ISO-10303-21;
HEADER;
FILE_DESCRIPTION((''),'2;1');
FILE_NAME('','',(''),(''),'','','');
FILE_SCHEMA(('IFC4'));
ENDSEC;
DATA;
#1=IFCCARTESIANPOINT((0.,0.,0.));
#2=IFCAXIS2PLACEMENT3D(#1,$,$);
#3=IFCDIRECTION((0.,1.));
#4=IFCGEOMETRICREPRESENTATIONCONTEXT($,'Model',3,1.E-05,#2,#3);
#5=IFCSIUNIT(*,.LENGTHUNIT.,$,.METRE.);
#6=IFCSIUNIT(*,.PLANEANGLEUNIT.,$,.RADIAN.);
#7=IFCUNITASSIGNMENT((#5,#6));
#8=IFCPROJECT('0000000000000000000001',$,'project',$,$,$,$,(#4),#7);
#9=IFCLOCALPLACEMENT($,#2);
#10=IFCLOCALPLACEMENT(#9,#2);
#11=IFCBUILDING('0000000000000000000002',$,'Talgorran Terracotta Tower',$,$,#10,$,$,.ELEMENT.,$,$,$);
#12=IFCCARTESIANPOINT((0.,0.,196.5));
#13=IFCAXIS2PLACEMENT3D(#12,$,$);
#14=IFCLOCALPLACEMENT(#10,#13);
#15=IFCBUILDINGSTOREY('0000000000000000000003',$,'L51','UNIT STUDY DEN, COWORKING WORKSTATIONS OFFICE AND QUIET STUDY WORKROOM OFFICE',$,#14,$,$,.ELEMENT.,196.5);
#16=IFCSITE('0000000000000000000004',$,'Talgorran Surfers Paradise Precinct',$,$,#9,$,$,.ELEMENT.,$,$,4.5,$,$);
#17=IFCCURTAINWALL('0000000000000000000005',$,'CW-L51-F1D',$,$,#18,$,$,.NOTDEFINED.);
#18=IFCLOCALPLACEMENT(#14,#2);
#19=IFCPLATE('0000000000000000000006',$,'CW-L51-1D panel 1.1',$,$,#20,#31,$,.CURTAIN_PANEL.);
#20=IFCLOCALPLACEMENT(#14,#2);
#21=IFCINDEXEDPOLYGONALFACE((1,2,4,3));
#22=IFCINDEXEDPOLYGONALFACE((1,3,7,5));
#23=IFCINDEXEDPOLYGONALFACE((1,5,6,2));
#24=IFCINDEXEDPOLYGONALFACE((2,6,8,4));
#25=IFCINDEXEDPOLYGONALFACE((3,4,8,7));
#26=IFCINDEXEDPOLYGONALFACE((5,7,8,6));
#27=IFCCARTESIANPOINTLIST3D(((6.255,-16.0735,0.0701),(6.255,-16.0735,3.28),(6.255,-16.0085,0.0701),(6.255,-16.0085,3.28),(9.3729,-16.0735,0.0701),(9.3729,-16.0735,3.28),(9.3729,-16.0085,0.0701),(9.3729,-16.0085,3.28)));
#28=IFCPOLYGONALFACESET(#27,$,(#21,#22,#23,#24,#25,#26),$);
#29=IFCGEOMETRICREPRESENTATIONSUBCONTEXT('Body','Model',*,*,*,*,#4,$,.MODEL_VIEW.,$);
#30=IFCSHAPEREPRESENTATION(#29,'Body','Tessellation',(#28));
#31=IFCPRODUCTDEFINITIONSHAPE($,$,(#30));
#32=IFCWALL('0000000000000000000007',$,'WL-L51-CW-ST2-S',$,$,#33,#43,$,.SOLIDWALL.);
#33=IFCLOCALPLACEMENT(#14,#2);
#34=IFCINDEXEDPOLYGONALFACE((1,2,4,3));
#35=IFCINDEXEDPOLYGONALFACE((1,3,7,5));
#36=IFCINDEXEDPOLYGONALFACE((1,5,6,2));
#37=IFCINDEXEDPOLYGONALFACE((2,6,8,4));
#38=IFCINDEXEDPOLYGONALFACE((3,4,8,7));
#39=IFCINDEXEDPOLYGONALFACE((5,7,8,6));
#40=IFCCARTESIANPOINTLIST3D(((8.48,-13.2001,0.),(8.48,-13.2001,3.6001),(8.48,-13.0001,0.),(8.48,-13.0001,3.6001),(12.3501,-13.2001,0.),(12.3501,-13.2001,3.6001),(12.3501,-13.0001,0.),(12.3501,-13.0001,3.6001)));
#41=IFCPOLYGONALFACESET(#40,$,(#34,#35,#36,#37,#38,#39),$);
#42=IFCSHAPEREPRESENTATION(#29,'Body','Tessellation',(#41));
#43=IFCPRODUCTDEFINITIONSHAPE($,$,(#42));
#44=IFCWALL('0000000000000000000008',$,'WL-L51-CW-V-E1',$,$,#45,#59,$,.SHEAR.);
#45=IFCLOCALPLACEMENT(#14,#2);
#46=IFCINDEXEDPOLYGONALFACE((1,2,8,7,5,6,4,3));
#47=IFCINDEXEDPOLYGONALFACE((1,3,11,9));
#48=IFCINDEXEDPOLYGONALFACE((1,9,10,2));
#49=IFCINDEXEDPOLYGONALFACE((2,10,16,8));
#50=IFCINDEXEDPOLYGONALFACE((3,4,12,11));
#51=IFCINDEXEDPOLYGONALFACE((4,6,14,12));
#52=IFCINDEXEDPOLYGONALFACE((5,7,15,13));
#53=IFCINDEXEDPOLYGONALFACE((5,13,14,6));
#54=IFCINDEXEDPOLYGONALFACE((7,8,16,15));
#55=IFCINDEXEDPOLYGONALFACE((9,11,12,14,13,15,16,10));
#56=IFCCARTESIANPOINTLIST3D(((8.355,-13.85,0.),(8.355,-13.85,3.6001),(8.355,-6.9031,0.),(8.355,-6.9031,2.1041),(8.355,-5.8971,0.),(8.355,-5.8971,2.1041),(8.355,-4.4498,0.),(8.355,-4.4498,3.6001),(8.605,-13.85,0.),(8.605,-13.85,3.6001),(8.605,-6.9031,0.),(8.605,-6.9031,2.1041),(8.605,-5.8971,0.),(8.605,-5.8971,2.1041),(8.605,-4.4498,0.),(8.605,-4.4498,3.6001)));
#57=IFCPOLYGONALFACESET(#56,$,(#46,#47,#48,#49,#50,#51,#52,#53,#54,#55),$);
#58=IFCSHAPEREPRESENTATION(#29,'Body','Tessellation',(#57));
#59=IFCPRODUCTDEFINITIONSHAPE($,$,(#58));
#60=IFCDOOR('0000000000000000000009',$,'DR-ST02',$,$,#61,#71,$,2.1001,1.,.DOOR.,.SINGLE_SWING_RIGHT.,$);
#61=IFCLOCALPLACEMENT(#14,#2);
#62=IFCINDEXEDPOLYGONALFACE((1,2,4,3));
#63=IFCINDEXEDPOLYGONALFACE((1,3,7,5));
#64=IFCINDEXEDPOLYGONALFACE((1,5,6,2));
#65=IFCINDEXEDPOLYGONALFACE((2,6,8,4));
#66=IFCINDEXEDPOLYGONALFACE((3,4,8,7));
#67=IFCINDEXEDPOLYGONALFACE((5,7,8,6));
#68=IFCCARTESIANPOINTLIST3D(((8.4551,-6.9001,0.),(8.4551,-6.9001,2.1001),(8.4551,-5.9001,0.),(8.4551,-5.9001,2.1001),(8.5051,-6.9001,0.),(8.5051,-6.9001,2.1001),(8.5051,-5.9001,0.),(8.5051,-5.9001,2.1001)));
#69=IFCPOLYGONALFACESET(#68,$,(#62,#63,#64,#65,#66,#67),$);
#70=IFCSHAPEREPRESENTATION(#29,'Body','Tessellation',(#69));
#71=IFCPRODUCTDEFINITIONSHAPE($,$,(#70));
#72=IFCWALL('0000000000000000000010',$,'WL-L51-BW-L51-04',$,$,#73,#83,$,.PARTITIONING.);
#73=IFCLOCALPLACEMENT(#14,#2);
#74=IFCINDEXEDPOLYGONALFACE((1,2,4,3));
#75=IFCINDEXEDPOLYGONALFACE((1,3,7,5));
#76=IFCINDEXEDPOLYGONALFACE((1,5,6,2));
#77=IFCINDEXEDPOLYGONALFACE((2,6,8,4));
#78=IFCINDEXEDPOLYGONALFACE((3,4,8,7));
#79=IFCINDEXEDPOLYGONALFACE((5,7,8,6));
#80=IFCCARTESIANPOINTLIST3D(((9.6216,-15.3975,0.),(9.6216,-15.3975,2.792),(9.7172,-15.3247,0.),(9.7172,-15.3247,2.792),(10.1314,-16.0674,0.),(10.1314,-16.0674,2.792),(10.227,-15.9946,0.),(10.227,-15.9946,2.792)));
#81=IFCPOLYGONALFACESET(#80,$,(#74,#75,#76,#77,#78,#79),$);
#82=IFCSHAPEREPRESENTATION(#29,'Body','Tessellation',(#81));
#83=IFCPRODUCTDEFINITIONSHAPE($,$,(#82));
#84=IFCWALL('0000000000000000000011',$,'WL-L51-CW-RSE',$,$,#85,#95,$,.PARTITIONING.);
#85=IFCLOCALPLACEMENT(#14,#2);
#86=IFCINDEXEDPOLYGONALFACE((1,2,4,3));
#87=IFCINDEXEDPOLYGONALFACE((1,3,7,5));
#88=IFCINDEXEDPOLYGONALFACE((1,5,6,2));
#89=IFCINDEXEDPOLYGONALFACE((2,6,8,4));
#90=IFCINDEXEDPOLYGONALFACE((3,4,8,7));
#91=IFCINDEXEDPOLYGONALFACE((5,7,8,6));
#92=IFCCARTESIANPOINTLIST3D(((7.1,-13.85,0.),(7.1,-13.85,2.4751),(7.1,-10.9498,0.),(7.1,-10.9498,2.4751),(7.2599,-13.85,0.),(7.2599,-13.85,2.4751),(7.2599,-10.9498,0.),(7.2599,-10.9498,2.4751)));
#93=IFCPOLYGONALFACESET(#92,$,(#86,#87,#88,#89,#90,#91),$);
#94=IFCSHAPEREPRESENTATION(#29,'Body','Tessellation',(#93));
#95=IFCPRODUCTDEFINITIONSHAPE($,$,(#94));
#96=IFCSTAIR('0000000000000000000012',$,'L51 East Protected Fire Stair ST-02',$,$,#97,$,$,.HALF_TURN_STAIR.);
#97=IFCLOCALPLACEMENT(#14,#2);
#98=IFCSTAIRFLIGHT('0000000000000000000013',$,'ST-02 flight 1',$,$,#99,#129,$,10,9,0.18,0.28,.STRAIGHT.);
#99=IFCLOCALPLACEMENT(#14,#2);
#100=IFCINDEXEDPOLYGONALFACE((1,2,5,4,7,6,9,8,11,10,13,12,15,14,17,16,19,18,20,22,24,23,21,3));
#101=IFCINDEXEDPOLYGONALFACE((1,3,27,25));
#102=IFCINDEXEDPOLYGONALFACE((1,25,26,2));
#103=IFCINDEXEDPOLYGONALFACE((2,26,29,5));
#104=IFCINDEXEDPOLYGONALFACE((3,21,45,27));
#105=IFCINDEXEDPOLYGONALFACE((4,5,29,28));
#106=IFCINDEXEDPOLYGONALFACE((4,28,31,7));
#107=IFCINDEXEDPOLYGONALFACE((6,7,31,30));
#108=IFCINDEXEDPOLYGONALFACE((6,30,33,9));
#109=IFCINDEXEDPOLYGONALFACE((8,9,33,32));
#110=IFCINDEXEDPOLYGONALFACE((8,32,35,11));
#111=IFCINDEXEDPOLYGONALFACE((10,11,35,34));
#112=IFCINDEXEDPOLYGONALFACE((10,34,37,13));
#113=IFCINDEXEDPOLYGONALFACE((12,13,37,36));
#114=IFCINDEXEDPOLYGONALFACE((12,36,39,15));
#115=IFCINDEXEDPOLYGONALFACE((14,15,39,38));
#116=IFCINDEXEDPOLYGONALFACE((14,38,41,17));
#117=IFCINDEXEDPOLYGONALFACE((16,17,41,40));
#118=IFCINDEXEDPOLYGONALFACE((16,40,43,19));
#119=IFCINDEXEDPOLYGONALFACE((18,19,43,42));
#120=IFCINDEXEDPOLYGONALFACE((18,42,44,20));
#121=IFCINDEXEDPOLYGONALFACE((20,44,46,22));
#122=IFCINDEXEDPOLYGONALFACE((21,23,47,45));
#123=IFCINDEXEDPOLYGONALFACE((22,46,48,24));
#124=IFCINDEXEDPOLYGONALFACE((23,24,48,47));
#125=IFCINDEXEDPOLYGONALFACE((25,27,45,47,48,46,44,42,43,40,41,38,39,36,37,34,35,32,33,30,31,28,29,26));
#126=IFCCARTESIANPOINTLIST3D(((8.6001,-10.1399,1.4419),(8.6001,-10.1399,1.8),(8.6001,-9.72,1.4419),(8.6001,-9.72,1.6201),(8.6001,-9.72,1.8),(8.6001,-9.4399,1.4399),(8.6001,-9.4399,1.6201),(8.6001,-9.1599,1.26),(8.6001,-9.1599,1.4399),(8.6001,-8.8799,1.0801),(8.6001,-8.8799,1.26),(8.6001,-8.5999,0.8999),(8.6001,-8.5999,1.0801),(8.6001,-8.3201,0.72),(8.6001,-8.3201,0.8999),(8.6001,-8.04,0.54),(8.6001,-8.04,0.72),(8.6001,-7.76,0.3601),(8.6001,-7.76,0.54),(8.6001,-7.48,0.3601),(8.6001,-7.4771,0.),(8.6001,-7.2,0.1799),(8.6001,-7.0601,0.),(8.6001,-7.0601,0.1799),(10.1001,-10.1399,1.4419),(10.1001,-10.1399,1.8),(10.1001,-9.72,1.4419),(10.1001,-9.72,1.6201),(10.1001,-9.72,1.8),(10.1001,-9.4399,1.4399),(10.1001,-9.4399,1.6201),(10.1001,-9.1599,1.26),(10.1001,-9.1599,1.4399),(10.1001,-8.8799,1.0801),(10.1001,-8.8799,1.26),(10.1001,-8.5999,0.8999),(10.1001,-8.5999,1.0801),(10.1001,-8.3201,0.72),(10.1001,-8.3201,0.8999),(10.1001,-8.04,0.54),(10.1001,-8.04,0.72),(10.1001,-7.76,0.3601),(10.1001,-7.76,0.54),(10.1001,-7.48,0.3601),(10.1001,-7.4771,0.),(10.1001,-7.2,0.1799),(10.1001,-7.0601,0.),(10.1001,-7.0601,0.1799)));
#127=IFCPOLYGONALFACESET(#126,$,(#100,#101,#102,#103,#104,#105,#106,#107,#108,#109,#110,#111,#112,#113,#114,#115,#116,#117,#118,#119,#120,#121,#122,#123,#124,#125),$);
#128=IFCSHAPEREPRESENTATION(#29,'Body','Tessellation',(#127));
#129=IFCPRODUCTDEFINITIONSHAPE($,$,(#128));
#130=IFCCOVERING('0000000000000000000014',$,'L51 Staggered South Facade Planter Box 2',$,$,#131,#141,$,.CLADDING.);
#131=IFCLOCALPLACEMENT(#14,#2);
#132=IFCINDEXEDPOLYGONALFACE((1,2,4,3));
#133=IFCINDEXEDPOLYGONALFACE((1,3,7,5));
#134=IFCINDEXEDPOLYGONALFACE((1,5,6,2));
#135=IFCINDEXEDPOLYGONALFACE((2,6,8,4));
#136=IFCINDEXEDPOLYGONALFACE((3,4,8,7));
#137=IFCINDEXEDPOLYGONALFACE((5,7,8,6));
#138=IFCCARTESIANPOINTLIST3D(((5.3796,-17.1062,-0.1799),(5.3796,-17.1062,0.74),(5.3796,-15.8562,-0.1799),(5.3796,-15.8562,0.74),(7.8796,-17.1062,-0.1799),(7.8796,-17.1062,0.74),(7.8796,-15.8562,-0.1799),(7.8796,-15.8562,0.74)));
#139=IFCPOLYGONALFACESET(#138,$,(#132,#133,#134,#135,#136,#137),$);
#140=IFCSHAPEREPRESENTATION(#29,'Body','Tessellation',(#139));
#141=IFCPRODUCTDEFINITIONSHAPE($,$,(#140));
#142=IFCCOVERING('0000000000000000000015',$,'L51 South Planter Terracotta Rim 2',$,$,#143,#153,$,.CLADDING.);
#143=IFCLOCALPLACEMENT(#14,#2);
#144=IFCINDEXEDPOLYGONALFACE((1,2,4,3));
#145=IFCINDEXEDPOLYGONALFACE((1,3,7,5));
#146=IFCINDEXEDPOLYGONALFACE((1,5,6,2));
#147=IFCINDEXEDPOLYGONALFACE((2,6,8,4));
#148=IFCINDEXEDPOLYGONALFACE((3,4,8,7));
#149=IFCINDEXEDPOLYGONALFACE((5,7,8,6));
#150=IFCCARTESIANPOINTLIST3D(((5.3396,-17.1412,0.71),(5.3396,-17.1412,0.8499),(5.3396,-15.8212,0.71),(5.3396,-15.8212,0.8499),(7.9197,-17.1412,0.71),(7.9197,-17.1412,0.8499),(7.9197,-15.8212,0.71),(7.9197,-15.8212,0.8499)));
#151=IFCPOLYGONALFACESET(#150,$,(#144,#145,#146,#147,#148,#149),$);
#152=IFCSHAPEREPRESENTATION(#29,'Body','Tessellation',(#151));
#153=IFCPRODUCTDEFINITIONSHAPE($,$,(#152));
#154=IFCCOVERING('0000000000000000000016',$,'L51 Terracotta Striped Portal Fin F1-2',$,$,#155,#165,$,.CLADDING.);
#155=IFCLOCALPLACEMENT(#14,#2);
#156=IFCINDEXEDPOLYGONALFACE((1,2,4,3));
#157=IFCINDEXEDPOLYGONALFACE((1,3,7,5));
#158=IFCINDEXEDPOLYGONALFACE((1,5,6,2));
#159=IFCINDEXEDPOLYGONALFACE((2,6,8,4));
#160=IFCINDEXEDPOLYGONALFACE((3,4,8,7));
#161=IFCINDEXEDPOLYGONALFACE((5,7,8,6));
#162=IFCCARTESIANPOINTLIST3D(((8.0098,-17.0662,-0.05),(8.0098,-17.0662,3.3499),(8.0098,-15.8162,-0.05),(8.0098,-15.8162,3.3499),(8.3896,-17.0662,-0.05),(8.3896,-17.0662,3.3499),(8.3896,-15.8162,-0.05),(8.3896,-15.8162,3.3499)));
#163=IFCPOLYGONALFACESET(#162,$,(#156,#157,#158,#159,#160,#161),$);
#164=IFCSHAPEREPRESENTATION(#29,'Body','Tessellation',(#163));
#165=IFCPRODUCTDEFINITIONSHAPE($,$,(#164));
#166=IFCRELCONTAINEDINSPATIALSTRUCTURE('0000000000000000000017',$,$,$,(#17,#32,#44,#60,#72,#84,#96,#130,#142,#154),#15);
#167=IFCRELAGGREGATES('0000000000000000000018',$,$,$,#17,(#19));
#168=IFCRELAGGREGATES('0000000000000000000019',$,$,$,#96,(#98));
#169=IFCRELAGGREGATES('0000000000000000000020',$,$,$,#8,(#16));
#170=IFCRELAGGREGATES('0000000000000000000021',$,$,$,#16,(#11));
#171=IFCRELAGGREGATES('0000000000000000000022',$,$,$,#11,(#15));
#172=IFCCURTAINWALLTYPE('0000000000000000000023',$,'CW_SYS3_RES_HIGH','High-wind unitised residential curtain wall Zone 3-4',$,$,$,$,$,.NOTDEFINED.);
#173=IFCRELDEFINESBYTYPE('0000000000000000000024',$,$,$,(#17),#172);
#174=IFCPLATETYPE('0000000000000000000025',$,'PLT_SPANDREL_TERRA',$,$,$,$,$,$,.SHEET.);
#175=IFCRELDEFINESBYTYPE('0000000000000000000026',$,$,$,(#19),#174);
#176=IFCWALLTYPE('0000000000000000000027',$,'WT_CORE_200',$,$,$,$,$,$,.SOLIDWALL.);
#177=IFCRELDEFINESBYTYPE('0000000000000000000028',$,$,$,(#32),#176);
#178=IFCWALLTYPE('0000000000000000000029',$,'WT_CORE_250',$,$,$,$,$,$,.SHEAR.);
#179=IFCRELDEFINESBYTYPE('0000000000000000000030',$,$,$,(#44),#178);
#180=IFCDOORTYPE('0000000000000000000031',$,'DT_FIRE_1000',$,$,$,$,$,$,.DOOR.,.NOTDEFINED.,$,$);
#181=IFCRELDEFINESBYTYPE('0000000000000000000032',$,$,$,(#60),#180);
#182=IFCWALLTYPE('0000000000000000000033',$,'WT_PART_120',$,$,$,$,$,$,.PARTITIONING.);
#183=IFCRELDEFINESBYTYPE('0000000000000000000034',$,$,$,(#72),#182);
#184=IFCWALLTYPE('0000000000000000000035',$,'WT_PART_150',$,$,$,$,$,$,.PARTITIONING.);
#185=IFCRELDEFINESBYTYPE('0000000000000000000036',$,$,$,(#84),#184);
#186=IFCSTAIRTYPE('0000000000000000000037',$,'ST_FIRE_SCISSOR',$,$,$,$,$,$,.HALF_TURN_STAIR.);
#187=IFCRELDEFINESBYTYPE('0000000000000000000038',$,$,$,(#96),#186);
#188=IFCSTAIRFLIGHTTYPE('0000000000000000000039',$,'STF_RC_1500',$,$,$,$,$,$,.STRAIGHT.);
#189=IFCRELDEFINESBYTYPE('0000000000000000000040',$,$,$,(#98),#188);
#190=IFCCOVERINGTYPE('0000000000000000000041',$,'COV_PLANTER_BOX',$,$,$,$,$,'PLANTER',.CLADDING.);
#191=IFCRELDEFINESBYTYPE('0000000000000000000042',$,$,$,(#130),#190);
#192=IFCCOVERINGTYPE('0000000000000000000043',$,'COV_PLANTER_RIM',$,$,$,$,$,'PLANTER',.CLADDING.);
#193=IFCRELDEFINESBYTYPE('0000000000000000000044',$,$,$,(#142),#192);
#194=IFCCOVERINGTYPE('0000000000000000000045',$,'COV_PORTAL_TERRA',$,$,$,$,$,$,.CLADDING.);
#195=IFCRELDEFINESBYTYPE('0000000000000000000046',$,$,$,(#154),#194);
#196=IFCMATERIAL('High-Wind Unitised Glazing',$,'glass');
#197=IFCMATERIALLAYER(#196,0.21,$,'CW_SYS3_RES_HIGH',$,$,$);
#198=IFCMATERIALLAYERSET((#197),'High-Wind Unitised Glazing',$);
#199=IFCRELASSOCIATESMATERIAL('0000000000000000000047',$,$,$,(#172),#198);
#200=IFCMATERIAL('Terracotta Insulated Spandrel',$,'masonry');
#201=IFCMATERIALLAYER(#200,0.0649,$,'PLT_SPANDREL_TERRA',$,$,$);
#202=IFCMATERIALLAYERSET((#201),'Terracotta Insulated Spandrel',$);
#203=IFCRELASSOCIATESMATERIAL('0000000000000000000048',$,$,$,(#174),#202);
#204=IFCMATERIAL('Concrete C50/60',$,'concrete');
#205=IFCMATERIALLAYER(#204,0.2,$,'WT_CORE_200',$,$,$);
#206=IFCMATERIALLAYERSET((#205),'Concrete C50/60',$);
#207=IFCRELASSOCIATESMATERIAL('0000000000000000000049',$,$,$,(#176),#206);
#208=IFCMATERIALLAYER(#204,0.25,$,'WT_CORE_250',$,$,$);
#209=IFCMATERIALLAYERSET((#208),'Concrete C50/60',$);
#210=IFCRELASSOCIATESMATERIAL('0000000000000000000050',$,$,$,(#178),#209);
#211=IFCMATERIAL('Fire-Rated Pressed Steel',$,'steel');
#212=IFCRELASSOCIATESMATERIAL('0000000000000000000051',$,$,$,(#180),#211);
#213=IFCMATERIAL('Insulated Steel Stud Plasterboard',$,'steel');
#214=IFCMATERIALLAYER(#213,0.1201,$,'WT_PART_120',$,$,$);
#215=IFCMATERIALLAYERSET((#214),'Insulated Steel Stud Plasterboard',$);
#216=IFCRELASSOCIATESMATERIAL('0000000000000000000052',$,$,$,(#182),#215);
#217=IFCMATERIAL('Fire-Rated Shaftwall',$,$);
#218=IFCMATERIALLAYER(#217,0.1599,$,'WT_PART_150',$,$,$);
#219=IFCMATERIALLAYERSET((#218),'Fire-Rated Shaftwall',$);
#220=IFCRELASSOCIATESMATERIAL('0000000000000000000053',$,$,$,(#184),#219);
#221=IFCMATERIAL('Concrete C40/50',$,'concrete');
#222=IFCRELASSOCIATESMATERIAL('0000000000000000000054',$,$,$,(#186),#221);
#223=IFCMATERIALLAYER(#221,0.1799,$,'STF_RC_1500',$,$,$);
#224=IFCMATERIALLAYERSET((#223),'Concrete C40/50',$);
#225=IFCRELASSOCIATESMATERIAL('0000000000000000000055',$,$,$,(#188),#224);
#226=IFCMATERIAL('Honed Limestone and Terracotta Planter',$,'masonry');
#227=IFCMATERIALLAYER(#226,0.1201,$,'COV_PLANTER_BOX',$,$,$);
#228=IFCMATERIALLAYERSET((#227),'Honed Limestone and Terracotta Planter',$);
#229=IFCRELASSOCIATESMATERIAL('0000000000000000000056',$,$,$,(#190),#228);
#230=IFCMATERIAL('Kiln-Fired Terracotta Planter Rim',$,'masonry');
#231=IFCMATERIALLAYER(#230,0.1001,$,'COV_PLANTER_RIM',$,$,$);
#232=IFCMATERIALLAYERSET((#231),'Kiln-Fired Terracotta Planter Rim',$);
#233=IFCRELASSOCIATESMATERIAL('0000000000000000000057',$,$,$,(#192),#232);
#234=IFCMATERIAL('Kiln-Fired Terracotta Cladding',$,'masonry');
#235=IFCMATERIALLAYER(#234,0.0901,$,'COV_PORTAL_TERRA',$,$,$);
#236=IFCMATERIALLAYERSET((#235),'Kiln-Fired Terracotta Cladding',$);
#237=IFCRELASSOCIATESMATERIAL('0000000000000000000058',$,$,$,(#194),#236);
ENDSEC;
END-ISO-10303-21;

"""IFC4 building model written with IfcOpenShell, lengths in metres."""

from ifc_helpers import new_model, si_unit, direction, frame, frame_2d, origin, origin_2d, place, context, subcontext, project, spatial, polyline, rectangle, outline, extrude, source, transform, mapped, material, layer, layer_set, type_object, type_shapes, element, fill, aggregate, save


model = new_model("IFC4")

# Units and contexts
model_context = context("Model", 3, precision=1e-05, world=origin(), true_north=direction((0.0, 1.0)))
body_context = subcontext(model_context, "Body", "Model", "MODEL_VIEW")
ifc_project = project(units=[si_unit("LENGTHUNIT", "METRE"), si_unit("PLANEANGLEUNIT", "RADIAN")], contexts=[model_context])

# Site, building, storey
site_placement = place(None, origin())
site = spatial("IfcSite", under=ifc_project, at=site_placement, Name="Talgorran Surfers Paradise Precinct", CompositionType="ELEMENT", RefElevation=4.5)
building_placement = place(site_placement, origin())
building = spatial("IfcBuilding", under=site, at=building_placement, Name="Talgorran Terracotta Tower", CompositionType="ELEMENT")
storey_placement = place(building_placement, frame((0.0, 0.0, 196.5)))
storey = spatial("IfcBuildingStorey", under=building, at=storey_placement, Name="L51", Description="UNIT STUDY DEN, COWORKING WORKSTATIONS OFFICE AND QUIET STUDY WORKROOM OFFICE", CompositionType="ELEMENT", Elevation=196.5)

# Curtain wall
ifc_material_1 = material(Name="High-Wind Unitised Glazing", Category="glass")
ifc_layer_1 = layer(ifc_material_1, 0.21, Name="CW_SYS3_RES_HIGH")
ifc_layer_set_1 = layer_set([ifc_layer_1], Name="High-Wind Unitised Glazing")
curtain_wall_type = type_object("IfcCurtainWallType", Name="CW_SYS3_RES_HIGH", Description="High-wind unitised residential curtain wall Zone 3-4", PredefinedType="NOTDEFINED", material=ifc_layer_set_1)
curtain_wall_1_placement = place(storey_placement, origin())
curtain_wall_1 = element("IfcCurtainWall", 1, at=curtain_wall_1_placement, inside=storey, type_object=curtain_wall_type, Name="CW-L51-F1D", PredefinedType="NOTDEFINED")

# Plate
ifc_material_2 = material(Name="Terracotta Insulated Spandrel", Category="masonry")
ifc_layer_2 = layer(ifc_material_2, 0.0649, Name="PLT_SPANDREL_TERRA")
ifc_layer_set_2 = layer_set([ifc_layer_2], Name="Terracotta Insulated Spandrel")
plate_type_1 = type_object("IfcPlateType", Name="PLT_SPANDREL_TERRA", PredefinedType="SHEET", material=ifc_layer_set_2)
shared_shape = source(origin(), body_context, "Body", "SweptSolid", [
    extrude(rectangle(XDim=3.1179, YDim=0.0649, at=origin_2d()), origin(), (0.0, 0.0, 1.0), 3.21),
])
type_shapes(plate_type_1, [shared_shape])
plate_placement = place(storey_placement, frame((7.814, -16.041, 0.0701), z_axis=(0.0, 0.0, 1.0), x_axis=(1.0, 0.0, 0.0)))
plate = element("IfcPlate", 2, at=plate_placement, type_object=plate_type_1, Name="CW-L51-1D panel 1.1", PredefinedType="CURTAIN_PANEL", context=body_context, shape_type="MappedRepresentation", body=[
    mapped(shared_shape, transform((0.0, 0.0, 0.0), scale=1.0)),
])
aggregate(curtain_wall_1, [plate])

# Wall
ifc_material_3 = material(Name="Concrete C50/60", Category="concrete")
ifc_layer_3 = layer(ifc_material_3, 0.2, Name="WT_CORE_200")
ifc_layer_set_3 = layer_set([ifc_layer_3], Name="Concrete C50/60")
wall_type_1 = type_object("IfcWallType", Name="WT_CORE_200", PredefinedType="SOLIDWALL", material=ifc_layer_set_3)
wall_1_placement = place(storey_placement, frame((8.48, -13.1001, 0.0), z_axis=(0.0, 0.0, 1.0), x_axis=(1.0, 0.0, 0.0)))
element("IfcWall", 3, at=wall_1_placement, inside=storey, type_object=wall_type_1, Name="WL-L51-CW-ST2-S", PredefinedType="SOLIDWALL", context=body_context, shape_type="SweptSolid", body=[
    extrude(rectangle(XDim=3.8701, YDim=0.2, at=frame_2d((1.9351, 0.0))), origin(), (0.0, 0.0, 1.0), 3.6001),
])

# Wall, opening, door
ifc_layer_4 = layer(ifc_material_3, 0.25, Name="WT_CORE_250")
ifc_layer_set_4 = layer_set([ifc_layer_4], Name="Concrete C50/60")
wall_type_2 = type_object("IfcWallType", Name="WT_CORE_250", PredefinedType="SHEAR", material=ifc_layer_set_4)
wall_2_placement = place(storey_placement, frame((8.48, -13.8501, 0.0), z_axis=(0.0, 0.0, 1.0), x_axis=(0.0, 1.0, 0.0)))
wall_2 = element("IfcWall", 4, at=wall_2_placement, inside=storey, type_object=wall_type_2, Name="WL-L51-CW-V-E1", PredefinedType="SHEAR", context=body_context, shape_type="SweptSolid", body=[
    extrude(rectangle(XDim=9.4001, YDim=0.25, at=frame_2d((4.7002, 0.0))), origin(), (0.0, 0.0, 1.0), 3.6001),
])
opening_placement = place(wall_2_placement, frame((6.95, 0.0, 0.0)))
opening = element("IfcOpeningElement", 5, at=opening_placement, cuts=wall_2, PredefinedType="OPENING", context=body_context, shape_type="SweptSolid", body=[
    extrude(rectangle(XDim=1.006, YDim=2.1041, at=frame_2d((0.5, 1.052))), frame((0.0, 0.135, 0.0), z_axis=(0.0, -1.0, 0.0), x_axis=(1.0, 0.0, 0.0)), (0.0, 0.0, 1.0), 0.27),
])
ifc_material_4 = material(Name="Fire-Rated Pressed Steel", Category="steel")
door_type = type_object("IfcDoorType", Name="DT_FIRE_1000", OperationType="NOTDEFINED", PredefinedType="DOOR", material=ifc_material_4)
door_placement = place(opening_placement, origin())
door = element("IfcDoor", 6, at=door_placement, inside=storey, type_object=door_type, Name="DR-ST02", OperationType="SINGLE_SWING_RIGHT", OverallHeight=2.1001, OverallWidth=1.0, PredefinedType="DOOR", context=body_context, shape_type="SweptSolid", body=[
    extrude(rectangle(XDim=1.0, YDim=2.1001, at=frame_2d((0.5, 1.05))), frame((0.0, 0.0249, 0.0), z_axis=(0.0, -1.0, 0.0), x_axis=(1.0, 0.0, 0.0)), (0.0, 0.0, 1.0), 0.05),
])
fill(opening, door)

# Walls
ifc_material_5 = material(Name="Insulated Steel Stud Plasterboard", Category="steel")
ifc_layer_5 = layer(ifc_material_5, 0.1201, Name="WT_PART_120")
ifc_layer_set_5 = layer_set([ifc_layer_5], Name="Insulated Steel Stud Plasterboard")
wall_type_3 = type_object("IfcWallType", Name="WT_PART_120", PredefinedType="PARTITIONING", material=ifc_layer_set_5)
wall_3_placement = place(storey_placement, frame((9.6694, -15.3611, 0.0), z_axis=(0.0, 0.0, 1.0), x_axis=(0.605554, -0.795804, 0.0)))
element("IfcWall", 7, at=wall_3_placement, inside=storey, type_object=wall_type_3, Name="WL-L51-BW-L51-04", PredefinedType="PARTITIONING", context=body_context, shape_type="SweptSolid", body=[
    extrude(rectangle(XDim=0.8418, YDim=0.1201, at=frame_2d((0.4209, 0.0))), origin(), (0.0, 0.0, 1.0), 2.792),
])
ifc_material_6 = material(Name="Fire-Rated Shaftwall")
ifc_layer_6 = layer(ifc_material_6, 0.1599, Name="WT_PART_150")
ifc_layer_set_6 = layer_set([ifc_layer_6], Name="Fire-Rated Shaftwall")
wall_type_4 = type_object("IfcWallType", Name="WT_PART_150", PredefinedType="PARTITIONING", material=ifc_layer_set_6)
wall_4_placement = place(storey_placement, frame((7.1799, -13.8501, 0.0), z_axis=(0.0, 0.0, 1.0), x_axis=(0.0, 1.0, 0.0)))
element("IfcWall", 8, at=wall_4_placement, inside=storey, type_object=wall_type_4, Name="WL-L51-CW-RSE", PredefinedType="PARTITIONING", context=body_context, shape_type="SweptSolid", body=[
    extrude(rectangle(XDim=2.9001, YDim=0.1599, at=frame_2d((1.4502, 0.0))), origin(), (0.0, 0.0, 1.0), 2.4751),
])

# Stair, stair flight
ifc_material_7 = material(Name="Concrete C40/50", Category="concrete")
stair_type = type_object("IfcStairType", Name="ST_FIRE_SCISSOR", PredefinedType="HALF_TURN_STAIR", material=ifc_material_7)
stair_placement = place(storey_placement, origin())
stair = element("IfcStair", 9, at=stair_placement, inside=storey, type_object=stair_type, Name="L51 East Protected Fire Stair ST-02", PredefinedType="HALF_TURN_STAIR")
ifc_layer_7 = layer(ifc_material_7, 0.1799, Name="STF_RC_1500")
ifc_layer_set_7 = layer_set([ifc_layer_7], Name="Concrete C40/50")
stair_flight_type = type_object("IfcStairFlightType", Name="STF_RC_1500", PredefinedType="STRAIGHT", material=ifc_layer_set_7)
stair_flight_placement = place(storey_placement, frame((9.3501, -7.2, 0.0), z_axis=(0.0, 0.0, 1.0), x_axis=(0.0, -1.0, 0.0)))
stair_flight = element("IfcStairFlight", 10, at=stair_flight_placement, type_object=stair_flight_type, Name="ST-02 flight 1", NumberOfRisers=10, NumberOfTreads=9, PredefinedType="STRAIGHT", RiserHeight=0.18, TreadLength=0.28, context=body_context, shape_type="SweptSolid", body=[
    extrude(outline(polyline([(-0.1399, 0.0), (-0.1399, 0.1799), (0.0, 0.1799), (0.28, 0.3601), (0.5601, 0.3601), (0.5601, 0.54), (0.8401, 0.54), (0.8401, 0.72), (1.1201, 0.72), (1.1201, 0.8999), (1.3999, 0.8999), (1.3999, 1.0801), (1.6799, 1.0801), (1.6799, 1.26), (1.96, 1.26), (1.96, 1.4399), (2.24, 1.4399), (2.24, 1.6201), (2.52, 1.6201), (2.52, 1.8), (2.9399, 1.8), (2.9399, 1.4419), (2.52, 1.4419), (0.2771, 0.0), (-0.1399, 0.0)])), frame((0.0, 0.75, 0.0), z_axis=(0.0, -1.0, 0.0), x_axis=(1.0, 0.0, 0.0)), (0.0, 0.0, 1.0), 1.5),
])
aggregate(stair, [stair_flight])

# Coverings
ifc_material_8 = material(Name="Honed Limestone and Terracotta Planter", Category="masonry")
ifc_layer_8 = layer(ifc_material_8, 0.1201, Name="COV_PLANTER_BOX")
ifc_layer_set_8 = layer_set([ifc_layer_8], Name="Honed Limestone and Terracotta Planter")
covering_type_1 = type_object("IfcCoveringType", Name="COV_PLANTER_BOX", ElementType="PLANTER", PredefinedType="CLADDING", material=ifc_layer_set_8)
covering_1_placement = place(storey_placement, frame((6.6296, -16.4812, -0.1799), z_axis=(0.0, 0.0, 1.0), x_axis=(1.0, 0.0, 0.0)))
element("IfcCovering", 11, at=covering_1_placement, inside=storey, type_object=covering_type_1, Name="L51 Staggered South Facade Planter Box 2", PredefinedType="CLADDING", context=body_context, shape_type="SweptSolid", body=[
    extrude(rectangle(XDim=2.5, YDim=1.25, at=origin_2d()), origin(), (0.0, 0.0, 1.0), 0.9199),
])
ifc_material_9 = material(Name="Kiln-Fired Terracotta Planter Rim", Category="masonry")
ifc_layer_9 = layer(ifc_material_9, 0.1001, Name="COV_PLANTER_RIM")
ifc_layer_set_9 = layer_set([ifc_layer_9], Name="Kiln-Fired Terracotta Planter Rim")
covering_type_2 = type_object("IfcCoveringType", Name="COV_PLANTER_RIM", ElementType="PLANTER", PredefinedType="CLADDING", material=ifc_layer_set_9)
covering_2_placement = place(storey_placement, frame((6.6296, -16.4812, 0.71), z_axis=(0.0, 0.0, 1.0), x_axis=(1.0, 0.0, 0.0)))
element("IfcCovering", 12, at=covering_2_placement, inside=storey, type_object=covering_type_2, Name="L51 South Planter Terracotta Rim 2", PredefinedType="CLADDING", context=body_context, shape_type="SweptSolid", body=[
    extrude(rectangle(XDim=2.5801, YDim=1.3201, at=origin_2d()), origin(), (0.0, 0.0, 1.0), 0.1399),
])
ifc_material_10 = material(Name="Kiln-Fired Terracotta Cladding", Category="masonry")
ifc_layer_10 = layer(ifc_material_10, 0.0901, Name="COV_PORTAL_TERRA")
ifc_layer_set_10 = layer_set([ifc_layer_10], Name="Kiln-Fired Terracotta Cladding")
covering_type_3 = type_object("IfcCoveringType", Name="COV_PORTAL_TERRA", PredefinedType="CLADDING", material=ifc_layer_set_10)
covering_3_placement = place(storey_placement, frame((8.1997, -16.4412, -0.05), z_axis=(0.0, 0.0, 1.0), x_axis=(1.0, 0.0, 0.0)))
element("IfcCovering", 13, at=covering_3_placement, inside=storey, type_object=covering_type_3, Name="L51 Terracotta Striped Portal Fin F1-2", PredefinedType="CLADDING", context=body_context, shape_type="SweptSolid", body=[
    extrude(rectangle(XDim=0.3799, YDim=1.25, at=origin_2d()), origin(), (0.0, 0.0, 1.0), 3.3999),
])

save(model, "model.ifc")
